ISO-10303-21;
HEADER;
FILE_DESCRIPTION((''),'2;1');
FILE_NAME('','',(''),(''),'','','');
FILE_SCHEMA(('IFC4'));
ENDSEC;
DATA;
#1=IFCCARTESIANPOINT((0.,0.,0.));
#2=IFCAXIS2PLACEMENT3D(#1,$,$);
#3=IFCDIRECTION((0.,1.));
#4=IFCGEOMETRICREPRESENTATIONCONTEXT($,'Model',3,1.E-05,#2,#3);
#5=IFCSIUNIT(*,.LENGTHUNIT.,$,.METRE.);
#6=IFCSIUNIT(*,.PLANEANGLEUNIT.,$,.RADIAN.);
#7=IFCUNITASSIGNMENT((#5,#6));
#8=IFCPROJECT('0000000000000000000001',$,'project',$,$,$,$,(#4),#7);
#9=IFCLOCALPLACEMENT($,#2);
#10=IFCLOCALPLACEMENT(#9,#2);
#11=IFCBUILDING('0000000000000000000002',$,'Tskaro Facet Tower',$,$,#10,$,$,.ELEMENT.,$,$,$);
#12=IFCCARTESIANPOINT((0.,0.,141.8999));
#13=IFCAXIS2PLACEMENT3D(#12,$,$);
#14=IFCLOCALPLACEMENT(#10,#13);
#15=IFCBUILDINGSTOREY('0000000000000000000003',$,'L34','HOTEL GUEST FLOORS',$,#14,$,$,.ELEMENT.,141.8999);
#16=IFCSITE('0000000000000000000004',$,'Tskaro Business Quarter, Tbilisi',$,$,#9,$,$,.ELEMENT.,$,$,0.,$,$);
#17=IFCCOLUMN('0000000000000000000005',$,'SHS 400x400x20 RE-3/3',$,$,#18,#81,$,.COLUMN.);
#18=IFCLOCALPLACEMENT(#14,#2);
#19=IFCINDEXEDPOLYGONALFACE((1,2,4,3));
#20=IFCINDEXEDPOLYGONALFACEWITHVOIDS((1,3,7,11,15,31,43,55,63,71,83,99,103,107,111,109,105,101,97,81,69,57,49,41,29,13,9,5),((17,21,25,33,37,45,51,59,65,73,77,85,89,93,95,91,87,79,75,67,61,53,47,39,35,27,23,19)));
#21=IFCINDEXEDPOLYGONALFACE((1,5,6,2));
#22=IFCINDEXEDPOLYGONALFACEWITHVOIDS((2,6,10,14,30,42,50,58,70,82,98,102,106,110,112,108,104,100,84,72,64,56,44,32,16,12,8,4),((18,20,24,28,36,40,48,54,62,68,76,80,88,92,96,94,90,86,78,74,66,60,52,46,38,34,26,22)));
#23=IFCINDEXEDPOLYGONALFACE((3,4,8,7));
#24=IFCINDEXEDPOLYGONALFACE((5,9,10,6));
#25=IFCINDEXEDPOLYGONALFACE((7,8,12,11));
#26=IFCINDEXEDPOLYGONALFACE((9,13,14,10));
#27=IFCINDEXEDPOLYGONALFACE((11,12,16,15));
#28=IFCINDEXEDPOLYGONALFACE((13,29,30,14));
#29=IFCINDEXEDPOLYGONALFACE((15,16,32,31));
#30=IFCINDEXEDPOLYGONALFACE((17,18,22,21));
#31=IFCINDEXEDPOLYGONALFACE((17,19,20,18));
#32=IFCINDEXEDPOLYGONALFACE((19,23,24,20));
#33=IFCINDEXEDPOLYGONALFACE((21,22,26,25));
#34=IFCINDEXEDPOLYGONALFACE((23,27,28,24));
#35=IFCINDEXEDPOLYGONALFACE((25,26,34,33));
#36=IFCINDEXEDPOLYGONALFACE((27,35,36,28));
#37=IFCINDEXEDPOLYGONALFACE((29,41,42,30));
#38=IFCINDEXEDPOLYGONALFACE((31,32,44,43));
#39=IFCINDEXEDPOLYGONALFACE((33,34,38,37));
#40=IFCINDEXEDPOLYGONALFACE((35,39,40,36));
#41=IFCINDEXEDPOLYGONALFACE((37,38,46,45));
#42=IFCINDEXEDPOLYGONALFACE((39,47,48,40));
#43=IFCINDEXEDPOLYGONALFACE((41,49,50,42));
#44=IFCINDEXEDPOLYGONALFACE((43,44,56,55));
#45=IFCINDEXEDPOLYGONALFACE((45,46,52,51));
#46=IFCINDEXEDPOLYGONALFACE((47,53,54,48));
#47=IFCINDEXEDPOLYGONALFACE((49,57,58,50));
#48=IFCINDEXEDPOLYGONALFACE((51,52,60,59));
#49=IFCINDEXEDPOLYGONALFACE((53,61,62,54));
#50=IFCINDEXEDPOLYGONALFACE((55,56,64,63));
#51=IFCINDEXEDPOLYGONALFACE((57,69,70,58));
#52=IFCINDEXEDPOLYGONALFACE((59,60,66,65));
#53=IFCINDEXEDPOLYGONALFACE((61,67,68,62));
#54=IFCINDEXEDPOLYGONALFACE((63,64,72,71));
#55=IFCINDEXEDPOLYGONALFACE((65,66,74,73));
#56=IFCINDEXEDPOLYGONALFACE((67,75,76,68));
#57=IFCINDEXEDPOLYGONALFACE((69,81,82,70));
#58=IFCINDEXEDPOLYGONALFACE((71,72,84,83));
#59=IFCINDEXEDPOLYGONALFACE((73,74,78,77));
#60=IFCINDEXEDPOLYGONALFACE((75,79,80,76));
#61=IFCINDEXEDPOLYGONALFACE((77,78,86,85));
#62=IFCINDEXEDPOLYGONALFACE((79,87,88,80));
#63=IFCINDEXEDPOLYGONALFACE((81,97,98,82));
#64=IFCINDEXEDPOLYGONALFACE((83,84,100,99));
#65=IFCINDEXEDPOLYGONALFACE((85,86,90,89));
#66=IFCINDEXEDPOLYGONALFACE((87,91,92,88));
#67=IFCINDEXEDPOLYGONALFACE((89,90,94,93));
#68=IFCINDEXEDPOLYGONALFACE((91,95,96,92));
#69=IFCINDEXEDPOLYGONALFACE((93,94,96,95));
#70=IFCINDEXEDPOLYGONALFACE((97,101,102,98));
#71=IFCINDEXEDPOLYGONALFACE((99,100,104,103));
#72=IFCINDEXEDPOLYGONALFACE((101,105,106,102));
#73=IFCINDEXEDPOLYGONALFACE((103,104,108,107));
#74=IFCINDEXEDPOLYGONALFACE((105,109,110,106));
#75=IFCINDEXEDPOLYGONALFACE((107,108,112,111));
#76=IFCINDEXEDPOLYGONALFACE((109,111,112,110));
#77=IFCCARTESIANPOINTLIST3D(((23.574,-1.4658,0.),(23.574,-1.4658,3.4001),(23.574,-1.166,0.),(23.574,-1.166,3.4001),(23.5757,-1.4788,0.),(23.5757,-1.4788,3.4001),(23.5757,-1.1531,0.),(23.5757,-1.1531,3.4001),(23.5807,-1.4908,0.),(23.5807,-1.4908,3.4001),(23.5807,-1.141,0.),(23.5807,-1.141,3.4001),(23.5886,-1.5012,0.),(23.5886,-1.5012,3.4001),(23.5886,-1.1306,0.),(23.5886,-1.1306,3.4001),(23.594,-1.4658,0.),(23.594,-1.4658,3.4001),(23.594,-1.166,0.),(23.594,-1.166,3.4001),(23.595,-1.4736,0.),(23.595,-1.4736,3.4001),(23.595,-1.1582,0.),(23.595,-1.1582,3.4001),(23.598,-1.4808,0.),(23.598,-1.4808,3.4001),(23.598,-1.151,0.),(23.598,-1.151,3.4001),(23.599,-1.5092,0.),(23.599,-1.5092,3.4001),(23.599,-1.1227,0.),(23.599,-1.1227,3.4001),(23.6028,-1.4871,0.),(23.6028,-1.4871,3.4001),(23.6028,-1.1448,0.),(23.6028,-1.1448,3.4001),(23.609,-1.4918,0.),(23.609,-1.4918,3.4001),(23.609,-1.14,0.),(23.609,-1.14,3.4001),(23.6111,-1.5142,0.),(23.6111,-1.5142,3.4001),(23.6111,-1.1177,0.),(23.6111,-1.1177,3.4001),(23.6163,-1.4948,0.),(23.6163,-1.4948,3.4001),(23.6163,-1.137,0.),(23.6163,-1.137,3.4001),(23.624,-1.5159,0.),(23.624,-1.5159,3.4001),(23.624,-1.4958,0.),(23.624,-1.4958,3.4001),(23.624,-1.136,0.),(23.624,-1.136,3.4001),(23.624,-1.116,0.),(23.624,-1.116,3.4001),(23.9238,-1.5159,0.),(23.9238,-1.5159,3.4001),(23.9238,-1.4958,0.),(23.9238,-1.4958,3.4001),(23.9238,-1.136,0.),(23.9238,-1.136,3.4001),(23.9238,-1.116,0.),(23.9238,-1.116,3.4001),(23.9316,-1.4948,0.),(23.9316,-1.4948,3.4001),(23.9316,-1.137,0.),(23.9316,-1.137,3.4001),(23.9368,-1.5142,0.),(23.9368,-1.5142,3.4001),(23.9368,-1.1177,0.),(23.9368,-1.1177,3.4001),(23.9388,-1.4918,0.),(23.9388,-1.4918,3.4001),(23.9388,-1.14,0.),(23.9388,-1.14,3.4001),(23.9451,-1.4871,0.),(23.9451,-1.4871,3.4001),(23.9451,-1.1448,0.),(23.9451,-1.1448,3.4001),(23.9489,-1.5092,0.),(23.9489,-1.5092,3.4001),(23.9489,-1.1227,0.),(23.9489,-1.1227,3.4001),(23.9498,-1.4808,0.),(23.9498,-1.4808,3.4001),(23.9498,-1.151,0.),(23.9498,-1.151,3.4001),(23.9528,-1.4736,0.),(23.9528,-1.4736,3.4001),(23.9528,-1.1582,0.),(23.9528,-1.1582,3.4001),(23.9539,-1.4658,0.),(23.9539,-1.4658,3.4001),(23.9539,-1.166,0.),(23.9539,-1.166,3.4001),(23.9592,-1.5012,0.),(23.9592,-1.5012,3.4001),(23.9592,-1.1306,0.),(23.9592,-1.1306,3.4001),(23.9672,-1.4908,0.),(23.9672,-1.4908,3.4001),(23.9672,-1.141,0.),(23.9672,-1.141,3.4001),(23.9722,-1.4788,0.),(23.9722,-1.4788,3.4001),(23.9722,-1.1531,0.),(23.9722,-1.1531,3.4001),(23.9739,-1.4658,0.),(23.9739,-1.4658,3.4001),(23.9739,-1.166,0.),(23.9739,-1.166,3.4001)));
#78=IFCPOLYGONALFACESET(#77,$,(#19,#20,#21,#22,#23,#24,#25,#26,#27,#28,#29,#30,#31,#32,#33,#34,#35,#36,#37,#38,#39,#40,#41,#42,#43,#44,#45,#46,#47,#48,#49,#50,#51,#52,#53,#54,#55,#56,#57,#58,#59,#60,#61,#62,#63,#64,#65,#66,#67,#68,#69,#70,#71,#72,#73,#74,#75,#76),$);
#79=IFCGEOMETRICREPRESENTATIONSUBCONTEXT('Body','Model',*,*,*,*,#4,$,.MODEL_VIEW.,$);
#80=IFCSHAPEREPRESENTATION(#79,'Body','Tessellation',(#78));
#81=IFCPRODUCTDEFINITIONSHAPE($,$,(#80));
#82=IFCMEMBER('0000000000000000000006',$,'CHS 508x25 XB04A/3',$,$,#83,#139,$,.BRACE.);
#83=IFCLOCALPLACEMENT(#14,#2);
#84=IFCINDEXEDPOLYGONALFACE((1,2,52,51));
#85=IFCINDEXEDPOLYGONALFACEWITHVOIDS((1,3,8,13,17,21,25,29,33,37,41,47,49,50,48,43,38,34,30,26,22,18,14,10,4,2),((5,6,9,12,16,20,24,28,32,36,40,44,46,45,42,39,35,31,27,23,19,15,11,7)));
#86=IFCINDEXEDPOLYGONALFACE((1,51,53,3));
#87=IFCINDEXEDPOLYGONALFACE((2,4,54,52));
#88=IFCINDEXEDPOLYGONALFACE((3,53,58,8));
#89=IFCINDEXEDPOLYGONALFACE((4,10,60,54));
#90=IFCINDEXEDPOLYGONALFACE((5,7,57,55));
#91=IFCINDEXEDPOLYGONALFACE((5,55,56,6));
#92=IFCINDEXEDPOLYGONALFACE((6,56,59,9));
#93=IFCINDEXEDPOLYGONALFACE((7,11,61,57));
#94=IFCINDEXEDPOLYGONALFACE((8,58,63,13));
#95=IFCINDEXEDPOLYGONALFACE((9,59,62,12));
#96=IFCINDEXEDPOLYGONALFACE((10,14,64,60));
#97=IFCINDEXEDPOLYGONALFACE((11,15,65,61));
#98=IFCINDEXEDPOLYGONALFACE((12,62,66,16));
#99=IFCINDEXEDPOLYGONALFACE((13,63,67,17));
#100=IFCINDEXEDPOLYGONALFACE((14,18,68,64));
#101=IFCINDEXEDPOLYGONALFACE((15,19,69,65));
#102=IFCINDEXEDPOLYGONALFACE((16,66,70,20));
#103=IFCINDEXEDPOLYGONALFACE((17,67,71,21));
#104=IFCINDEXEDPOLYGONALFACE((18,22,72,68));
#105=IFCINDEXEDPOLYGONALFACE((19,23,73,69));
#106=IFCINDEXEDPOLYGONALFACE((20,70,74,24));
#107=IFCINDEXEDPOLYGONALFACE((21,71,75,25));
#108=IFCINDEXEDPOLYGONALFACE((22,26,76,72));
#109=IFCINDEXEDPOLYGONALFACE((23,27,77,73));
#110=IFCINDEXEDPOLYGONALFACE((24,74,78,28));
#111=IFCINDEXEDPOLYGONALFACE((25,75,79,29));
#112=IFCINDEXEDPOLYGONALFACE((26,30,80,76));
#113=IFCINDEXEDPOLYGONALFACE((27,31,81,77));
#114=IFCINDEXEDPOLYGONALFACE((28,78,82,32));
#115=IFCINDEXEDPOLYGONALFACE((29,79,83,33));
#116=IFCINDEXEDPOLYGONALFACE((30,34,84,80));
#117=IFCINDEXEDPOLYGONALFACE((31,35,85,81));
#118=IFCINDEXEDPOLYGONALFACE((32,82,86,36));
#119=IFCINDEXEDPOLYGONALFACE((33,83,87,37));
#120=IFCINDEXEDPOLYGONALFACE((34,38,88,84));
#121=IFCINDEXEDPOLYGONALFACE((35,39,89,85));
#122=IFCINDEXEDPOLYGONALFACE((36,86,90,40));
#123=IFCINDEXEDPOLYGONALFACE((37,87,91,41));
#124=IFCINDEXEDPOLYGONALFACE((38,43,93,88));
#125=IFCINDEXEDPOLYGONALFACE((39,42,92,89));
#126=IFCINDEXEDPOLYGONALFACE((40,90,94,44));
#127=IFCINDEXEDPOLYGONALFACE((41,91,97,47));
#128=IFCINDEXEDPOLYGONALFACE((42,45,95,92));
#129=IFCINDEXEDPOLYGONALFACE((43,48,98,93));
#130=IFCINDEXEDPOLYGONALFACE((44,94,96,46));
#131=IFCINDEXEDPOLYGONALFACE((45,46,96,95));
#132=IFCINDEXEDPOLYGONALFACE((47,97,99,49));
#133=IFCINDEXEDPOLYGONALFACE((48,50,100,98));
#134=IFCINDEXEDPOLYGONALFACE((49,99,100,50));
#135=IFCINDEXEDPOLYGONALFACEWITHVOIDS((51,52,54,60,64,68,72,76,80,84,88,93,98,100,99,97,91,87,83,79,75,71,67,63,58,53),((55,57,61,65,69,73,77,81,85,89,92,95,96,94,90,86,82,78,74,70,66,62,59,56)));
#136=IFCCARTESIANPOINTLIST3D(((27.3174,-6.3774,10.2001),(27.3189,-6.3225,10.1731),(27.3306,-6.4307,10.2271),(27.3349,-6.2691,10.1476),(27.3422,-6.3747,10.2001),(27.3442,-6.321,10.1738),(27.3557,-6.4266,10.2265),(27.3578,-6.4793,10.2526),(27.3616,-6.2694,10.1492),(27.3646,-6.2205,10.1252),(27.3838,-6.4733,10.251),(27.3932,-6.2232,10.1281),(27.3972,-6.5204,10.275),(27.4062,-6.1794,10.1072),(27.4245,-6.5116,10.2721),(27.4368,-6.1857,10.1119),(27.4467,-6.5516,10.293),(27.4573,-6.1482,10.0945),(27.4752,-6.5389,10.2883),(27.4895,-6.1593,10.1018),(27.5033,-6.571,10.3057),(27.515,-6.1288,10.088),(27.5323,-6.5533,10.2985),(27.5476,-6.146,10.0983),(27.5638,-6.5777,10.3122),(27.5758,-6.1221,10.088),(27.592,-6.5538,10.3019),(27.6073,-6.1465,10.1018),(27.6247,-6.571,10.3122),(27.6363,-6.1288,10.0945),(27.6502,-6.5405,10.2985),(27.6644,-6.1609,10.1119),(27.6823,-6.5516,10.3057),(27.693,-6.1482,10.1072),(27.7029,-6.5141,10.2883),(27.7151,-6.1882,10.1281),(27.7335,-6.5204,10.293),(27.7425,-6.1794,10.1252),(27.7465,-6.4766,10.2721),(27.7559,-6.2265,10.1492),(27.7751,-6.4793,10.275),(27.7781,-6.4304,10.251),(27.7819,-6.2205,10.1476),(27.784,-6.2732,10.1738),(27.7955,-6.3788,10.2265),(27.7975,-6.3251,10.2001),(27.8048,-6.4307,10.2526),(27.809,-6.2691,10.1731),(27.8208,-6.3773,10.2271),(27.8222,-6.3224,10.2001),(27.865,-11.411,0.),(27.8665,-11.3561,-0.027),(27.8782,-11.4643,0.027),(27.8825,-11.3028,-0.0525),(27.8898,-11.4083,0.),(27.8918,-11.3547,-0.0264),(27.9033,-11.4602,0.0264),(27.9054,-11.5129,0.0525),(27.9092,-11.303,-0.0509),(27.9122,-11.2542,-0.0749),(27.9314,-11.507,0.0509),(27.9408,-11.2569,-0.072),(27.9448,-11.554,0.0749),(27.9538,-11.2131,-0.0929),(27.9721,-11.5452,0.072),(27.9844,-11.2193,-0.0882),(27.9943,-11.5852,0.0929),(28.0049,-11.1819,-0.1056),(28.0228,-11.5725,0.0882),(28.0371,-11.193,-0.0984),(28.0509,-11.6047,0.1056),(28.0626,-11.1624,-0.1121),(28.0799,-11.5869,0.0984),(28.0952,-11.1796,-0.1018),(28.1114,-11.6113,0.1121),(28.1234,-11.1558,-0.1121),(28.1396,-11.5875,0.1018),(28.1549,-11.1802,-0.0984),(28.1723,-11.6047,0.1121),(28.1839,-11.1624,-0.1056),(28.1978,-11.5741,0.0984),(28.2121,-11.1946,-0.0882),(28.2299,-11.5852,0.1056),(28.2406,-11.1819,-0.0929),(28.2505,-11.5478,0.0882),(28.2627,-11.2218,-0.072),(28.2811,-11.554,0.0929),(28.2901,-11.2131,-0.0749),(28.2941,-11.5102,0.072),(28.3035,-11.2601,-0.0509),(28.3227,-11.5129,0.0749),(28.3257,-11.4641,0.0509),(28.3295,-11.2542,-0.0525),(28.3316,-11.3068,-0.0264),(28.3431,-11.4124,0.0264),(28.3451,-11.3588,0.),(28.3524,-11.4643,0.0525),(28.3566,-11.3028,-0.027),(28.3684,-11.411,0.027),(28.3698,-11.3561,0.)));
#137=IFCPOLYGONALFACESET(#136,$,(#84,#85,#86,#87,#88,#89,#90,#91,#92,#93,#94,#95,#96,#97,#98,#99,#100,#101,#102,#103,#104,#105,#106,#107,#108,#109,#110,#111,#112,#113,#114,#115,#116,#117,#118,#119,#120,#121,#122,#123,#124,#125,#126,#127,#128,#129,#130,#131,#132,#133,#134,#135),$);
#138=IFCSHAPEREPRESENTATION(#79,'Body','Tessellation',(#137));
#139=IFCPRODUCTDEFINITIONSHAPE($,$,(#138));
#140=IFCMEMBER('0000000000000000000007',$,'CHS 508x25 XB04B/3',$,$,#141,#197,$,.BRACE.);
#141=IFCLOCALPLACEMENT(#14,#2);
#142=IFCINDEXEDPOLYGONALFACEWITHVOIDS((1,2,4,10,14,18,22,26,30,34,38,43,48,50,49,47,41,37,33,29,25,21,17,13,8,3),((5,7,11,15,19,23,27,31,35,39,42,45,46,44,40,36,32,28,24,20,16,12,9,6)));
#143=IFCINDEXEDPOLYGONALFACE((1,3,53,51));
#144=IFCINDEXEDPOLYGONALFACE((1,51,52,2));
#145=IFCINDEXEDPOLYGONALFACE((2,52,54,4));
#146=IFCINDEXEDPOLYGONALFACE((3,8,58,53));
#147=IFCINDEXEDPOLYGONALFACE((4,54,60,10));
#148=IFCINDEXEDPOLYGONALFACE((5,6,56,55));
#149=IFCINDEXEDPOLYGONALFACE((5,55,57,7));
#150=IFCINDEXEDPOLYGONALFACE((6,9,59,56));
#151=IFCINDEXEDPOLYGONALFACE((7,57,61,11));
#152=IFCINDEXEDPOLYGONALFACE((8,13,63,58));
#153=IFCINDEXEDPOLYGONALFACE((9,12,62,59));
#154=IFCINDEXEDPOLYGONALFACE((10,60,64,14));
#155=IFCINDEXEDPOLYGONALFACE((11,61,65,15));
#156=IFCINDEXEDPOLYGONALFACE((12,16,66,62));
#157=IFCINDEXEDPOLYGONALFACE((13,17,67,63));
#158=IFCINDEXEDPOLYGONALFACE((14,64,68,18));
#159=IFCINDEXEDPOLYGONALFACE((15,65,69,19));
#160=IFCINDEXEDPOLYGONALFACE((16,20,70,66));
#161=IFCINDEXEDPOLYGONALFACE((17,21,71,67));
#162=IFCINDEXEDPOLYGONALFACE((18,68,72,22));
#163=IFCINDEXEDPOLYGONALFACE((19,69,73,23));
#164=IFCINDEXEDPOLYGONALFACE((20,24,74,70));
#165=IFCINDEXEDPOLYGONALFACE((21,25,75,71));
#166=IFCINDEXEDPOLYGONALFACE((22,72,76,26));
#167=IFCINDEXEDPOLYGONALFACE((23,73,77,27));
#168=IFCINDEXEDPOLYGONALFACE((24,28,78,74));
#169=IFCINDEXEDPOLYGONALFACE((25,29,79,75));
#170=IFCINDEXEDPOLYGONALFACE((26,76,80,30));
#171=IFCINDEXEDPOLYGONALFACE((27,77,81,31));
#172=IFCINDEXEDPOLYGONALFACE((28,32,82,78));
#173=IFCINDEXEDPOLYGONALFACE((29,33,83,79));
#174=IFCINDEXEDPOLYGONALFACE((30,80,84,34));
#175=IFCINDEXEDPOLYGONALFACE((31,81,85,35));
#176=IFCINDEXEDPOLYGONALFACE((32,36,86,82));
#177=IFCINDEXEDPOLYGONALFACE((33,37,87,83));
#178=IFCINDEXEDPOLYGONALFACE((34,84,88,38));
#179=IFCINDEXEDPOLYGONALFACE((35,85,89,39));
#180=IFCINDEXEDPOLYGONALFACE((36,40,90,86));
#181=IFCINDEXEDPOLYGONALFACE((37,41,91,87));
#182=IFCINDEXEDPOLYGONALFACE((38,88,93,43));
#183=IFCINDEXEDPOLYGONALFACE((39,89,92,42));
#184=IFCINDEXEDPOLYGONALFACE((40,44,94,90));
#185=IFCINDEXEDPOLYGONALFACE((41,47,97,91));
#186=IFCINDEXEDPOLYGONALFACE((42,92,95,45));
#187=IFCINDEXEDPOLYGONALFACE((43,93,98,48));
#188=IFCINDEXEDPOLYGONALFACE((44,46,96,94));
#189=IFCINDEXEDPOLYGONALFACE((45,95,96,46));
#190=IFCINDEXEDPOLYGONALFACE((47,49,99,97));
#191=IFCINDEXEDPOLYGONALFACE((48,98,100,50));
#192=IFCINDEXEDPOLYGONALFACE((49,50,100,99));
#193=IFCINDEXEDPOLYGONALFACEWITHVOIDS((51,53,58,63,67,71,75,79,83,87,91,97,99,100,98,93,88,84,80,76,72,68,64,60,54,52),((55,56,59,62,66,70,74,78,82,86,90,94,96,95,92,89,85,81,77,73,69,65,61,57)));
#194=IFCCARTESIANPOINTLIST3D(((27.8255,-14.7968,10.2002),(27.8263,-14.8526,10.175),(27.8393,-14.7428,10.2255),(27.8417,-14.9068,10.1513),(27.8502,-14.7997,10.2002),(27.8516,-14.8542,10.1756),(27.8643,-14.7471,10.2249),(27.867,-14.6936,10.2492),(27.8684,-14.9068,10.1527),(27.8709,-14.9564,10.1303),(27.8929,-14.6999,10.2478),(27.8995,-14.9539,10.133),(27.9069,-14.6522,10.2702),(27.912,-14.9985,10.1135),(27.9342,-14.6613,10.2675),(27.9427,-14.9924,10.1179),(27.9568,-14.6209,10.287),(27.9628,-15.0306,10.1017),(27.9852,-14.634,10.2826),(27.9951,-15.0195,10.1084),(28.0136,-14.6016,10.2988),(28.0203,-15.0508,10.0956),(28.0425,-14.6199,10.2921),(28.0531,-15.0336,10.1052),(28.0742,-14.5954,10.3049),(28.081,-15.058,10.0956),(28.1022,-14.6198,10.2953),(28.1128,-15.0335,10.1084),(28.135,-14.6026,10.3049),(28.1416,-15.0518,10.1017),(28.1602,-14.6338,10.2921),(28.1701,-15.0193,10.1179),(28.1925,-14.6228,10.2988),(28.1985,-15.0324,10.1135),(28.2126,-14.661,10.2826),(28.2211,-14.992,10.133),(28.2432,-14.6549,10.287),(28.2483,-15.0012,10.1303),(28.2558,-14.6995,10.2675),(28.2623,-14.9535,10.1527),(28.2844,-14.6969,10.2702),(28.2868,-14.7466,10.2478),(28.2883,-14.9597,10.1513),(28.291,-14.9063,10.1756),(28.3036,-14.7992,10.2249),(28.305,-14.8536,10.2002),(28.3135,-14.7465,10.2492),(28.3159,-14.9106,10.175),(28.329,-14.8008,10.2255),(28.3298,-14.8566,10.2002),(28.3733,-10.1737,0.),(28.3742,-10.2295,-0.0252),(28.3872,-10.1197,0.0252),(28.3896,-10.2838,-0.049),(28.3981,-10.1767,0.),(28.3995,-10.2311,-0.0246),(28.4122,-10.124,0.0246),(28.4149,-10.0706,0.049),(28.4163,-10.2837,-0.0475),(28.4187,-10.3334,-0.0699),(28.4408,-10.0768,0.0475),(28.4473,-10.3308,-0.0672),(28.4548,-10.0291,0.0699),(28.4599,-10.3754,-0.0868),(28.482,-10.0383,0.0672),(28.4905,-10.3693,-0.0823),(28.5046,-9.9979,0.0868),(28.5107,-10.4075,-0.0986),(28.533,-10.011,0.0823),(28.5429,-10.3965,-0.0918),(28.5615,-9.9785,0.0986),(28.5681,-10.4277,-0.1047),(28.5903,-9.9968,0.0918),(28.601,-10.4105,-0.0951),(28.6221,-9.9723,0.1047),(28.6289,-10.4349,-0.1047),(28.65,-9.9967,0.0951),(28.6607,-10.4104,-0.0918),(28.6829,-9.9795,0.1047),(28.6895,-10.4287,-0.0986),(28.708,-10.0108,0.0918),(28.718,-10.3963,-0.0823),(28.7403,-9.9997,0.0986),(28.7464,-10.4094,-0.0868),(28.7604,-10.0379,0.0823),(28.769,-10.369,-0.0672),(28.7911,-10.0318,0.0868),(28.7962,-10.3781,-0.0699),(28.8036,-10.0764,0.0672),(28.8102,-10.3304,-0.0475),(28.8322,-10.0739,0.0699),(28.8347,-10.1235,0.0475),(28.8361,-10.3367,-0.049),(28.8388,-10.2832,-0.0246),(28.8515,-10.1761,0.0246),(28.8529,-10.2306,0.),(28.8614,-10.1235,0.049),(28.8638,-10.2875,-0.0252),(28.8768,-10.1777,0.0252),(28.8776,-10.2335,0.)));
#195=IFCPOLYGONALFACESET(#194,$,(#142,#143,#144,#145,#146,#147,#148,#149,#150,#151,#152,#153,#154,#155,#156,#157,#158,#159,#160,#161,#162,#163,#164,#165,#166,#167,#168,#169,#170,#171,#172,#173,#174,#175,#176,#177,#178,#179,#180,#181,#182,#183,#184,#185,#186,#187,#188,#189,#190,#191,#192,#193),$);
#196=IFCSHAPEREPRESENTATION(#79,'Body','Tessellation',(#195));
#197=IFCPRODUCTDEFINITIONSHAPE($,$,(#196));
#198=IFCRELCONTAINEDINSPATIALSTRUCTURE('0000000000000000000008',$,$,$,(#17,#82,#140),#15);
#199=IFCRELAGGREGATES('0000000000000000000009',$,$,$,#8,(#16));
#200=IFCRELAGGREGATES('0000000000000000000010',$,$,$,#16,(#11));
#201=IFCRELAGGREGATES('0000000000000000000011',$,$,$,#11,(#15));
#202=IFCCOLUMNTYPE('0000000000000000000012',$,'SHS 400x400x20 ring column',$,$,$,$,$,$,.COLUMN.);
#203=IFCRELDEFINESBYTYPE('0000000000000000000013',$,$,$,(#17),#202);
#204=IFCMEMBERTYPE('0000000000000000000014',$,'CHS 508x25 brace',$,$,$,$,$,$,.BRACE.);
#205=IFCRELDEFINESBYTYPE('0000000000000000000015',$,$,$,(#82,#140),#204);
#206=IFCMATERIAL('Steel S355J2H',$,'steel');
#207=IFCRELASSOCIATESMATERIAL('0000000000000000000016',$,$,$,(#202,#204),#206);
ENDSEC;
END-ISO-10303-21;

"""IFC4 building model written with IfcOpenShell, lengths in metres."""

from ifc_helpers import new_model, si_unit, direction, frame, origin, origin_2d, place, context, subcontext, project, spatial, hollow_rectangle, hollow_circle, extrude, material, material_profile, profile_set, type_object, element, save


model = new_model("IFC4")

# Units and contexts
model_context = context("Model", 3, precision=1e-05, world=origin(), true_north=direction((0.0, 1.0)))
body_context = subcontext(model_context, "Body", "Model", "MODEL_VIEW")
ifc_project = project(units=[si_unit("LENGTHUNIT", "METRE"), si_unit("PLANEANGLEUNIT", "RADIAN")], contexts=[model_context])

# Site, building, storey
site_placement = place(None, origin())
site = spatial("IfcSite", under=ifc_project, at=site_placement, Name="Tskaro Business Quarter, Tbilisi", CompositionType="ELEMENT", RefElevation=0.0)
building_placement = place(site_placement, origin())
building = spatial("IfcBuilding", under=site, at=building_placement, Name="Tskaro Facet Tower", CompositionType="ELEMENT")
storey_placement = place(building_placement, frame((0.0, 0.0, 141.8999)))
storey = spatial("IfcBuildingStorey", under=building, at=storey_placement, Name="L34", Description="HOTEL GUEST FLOORS", CompositionType="ELEMENT", Elevation=141.8999)

# Column
ifc_material_1 = material(Name="Steel S355J2H", Category="steel")
ifc_material_profile_1 = material_profile(ifc_material_1, hollow_rectangle(XDim=0.3999, YDim=0.3999, WallThickness=0.02, InnerFilletRadius=0.03, OuterFilletRadius=0.05, at=origin_2d()), Name="SHS 400x400x20")
ifc_profile_set_1 = profile_set([ifc_material_profile_1], Name="Steel S355J2H")
column_type_1 = type_object("IfcColumnType", Name="SHS 400x400x20 ring column", PredefinedType="COLUMN", material=ifc_profile_set_1)
for number, where, z_axis, x_axis, name in (
    (1, (23.7739, -1.3159, 0.0), (0.0, 0.0, 1.0), (1.0, 0.0, 0.0), "SHS 400x400x20 RE-3/3"),
):
    element("IfcColumn", number, at=place(storey_placement, frame(where, z_axis=z_axis, x_axis=x_axis)), inside=storey, type_object=column_type_1, Name=name, PredefinedType="COLUMN", context=body_context, shape_type="SweptSolid", body=[
        extrude(hollow_rectangle(XDim=0.3999, YDim=0.3999, WallThickness=0.02, InnerFilletRadius=0.03, OuterFilletRadius=0.05, at=origin_2d()), origin(), (0.0, 0.0, 1.0), 3.4001),
    ])

# Members
ifc_material_profile_2 = material_profile(ifc_material_1, hollow_circle(Radius=0.2539, WallThickness=0.0249, at=origin_2d()), Name="CHS 508x25")
ifc_profile_set_2 = profile_set([ifc_material_profile_2], Name="Steel S355J2H")
member_type_1 = type_object("IfcMemberType", Name="CHS 508x25 brace", PredefinedType="BRACE", material=ifc_profile_set_2)
member_1_placement = place(storey_placement, frame((28.1174, -11.3835, 0.0), z_axis=(-0.048087, 0.442025, 0.895713), x_axis=(-0.994135, -0.10815, 0.0)))
element("IfcMember", 2, at=member_1_placement, inside=storey, type_object=member_type_1, Name="CHS 508x25 XB04A/3", PredefinedType="BRACE", context=body_context, shape_type="SweptSolid", body=[
    extrude(hollow_circle(Radius=0.2539, WallThickness=0.0249, at=origin_2d()), origin(), (0.0, 0.0, 1.0), 11.3877),
])
member_2_placement = place(storey_placement, frame((28.6255, -10.2036, 0.0), z_axis=(-0.048861, -0.412318, 0.909729), x_axis=(0.993051, -0.117681, 0.0)))
element("IfcMember", 3, at=member_2_placement, inside=storey, type_object=member_type_1, Name="CHS 508x25 XB04B/3", PredefinedType="BRACE", context=body_context, shape_type="SweptSolid", body=[
    extrude(hollow_circle(Radius=0.2539, WallThickness=0.0249, at=origin_2d()), origin(), (0.0, 0.0, 1.0), 11.2124),
])

save(model, "model.ifc")
